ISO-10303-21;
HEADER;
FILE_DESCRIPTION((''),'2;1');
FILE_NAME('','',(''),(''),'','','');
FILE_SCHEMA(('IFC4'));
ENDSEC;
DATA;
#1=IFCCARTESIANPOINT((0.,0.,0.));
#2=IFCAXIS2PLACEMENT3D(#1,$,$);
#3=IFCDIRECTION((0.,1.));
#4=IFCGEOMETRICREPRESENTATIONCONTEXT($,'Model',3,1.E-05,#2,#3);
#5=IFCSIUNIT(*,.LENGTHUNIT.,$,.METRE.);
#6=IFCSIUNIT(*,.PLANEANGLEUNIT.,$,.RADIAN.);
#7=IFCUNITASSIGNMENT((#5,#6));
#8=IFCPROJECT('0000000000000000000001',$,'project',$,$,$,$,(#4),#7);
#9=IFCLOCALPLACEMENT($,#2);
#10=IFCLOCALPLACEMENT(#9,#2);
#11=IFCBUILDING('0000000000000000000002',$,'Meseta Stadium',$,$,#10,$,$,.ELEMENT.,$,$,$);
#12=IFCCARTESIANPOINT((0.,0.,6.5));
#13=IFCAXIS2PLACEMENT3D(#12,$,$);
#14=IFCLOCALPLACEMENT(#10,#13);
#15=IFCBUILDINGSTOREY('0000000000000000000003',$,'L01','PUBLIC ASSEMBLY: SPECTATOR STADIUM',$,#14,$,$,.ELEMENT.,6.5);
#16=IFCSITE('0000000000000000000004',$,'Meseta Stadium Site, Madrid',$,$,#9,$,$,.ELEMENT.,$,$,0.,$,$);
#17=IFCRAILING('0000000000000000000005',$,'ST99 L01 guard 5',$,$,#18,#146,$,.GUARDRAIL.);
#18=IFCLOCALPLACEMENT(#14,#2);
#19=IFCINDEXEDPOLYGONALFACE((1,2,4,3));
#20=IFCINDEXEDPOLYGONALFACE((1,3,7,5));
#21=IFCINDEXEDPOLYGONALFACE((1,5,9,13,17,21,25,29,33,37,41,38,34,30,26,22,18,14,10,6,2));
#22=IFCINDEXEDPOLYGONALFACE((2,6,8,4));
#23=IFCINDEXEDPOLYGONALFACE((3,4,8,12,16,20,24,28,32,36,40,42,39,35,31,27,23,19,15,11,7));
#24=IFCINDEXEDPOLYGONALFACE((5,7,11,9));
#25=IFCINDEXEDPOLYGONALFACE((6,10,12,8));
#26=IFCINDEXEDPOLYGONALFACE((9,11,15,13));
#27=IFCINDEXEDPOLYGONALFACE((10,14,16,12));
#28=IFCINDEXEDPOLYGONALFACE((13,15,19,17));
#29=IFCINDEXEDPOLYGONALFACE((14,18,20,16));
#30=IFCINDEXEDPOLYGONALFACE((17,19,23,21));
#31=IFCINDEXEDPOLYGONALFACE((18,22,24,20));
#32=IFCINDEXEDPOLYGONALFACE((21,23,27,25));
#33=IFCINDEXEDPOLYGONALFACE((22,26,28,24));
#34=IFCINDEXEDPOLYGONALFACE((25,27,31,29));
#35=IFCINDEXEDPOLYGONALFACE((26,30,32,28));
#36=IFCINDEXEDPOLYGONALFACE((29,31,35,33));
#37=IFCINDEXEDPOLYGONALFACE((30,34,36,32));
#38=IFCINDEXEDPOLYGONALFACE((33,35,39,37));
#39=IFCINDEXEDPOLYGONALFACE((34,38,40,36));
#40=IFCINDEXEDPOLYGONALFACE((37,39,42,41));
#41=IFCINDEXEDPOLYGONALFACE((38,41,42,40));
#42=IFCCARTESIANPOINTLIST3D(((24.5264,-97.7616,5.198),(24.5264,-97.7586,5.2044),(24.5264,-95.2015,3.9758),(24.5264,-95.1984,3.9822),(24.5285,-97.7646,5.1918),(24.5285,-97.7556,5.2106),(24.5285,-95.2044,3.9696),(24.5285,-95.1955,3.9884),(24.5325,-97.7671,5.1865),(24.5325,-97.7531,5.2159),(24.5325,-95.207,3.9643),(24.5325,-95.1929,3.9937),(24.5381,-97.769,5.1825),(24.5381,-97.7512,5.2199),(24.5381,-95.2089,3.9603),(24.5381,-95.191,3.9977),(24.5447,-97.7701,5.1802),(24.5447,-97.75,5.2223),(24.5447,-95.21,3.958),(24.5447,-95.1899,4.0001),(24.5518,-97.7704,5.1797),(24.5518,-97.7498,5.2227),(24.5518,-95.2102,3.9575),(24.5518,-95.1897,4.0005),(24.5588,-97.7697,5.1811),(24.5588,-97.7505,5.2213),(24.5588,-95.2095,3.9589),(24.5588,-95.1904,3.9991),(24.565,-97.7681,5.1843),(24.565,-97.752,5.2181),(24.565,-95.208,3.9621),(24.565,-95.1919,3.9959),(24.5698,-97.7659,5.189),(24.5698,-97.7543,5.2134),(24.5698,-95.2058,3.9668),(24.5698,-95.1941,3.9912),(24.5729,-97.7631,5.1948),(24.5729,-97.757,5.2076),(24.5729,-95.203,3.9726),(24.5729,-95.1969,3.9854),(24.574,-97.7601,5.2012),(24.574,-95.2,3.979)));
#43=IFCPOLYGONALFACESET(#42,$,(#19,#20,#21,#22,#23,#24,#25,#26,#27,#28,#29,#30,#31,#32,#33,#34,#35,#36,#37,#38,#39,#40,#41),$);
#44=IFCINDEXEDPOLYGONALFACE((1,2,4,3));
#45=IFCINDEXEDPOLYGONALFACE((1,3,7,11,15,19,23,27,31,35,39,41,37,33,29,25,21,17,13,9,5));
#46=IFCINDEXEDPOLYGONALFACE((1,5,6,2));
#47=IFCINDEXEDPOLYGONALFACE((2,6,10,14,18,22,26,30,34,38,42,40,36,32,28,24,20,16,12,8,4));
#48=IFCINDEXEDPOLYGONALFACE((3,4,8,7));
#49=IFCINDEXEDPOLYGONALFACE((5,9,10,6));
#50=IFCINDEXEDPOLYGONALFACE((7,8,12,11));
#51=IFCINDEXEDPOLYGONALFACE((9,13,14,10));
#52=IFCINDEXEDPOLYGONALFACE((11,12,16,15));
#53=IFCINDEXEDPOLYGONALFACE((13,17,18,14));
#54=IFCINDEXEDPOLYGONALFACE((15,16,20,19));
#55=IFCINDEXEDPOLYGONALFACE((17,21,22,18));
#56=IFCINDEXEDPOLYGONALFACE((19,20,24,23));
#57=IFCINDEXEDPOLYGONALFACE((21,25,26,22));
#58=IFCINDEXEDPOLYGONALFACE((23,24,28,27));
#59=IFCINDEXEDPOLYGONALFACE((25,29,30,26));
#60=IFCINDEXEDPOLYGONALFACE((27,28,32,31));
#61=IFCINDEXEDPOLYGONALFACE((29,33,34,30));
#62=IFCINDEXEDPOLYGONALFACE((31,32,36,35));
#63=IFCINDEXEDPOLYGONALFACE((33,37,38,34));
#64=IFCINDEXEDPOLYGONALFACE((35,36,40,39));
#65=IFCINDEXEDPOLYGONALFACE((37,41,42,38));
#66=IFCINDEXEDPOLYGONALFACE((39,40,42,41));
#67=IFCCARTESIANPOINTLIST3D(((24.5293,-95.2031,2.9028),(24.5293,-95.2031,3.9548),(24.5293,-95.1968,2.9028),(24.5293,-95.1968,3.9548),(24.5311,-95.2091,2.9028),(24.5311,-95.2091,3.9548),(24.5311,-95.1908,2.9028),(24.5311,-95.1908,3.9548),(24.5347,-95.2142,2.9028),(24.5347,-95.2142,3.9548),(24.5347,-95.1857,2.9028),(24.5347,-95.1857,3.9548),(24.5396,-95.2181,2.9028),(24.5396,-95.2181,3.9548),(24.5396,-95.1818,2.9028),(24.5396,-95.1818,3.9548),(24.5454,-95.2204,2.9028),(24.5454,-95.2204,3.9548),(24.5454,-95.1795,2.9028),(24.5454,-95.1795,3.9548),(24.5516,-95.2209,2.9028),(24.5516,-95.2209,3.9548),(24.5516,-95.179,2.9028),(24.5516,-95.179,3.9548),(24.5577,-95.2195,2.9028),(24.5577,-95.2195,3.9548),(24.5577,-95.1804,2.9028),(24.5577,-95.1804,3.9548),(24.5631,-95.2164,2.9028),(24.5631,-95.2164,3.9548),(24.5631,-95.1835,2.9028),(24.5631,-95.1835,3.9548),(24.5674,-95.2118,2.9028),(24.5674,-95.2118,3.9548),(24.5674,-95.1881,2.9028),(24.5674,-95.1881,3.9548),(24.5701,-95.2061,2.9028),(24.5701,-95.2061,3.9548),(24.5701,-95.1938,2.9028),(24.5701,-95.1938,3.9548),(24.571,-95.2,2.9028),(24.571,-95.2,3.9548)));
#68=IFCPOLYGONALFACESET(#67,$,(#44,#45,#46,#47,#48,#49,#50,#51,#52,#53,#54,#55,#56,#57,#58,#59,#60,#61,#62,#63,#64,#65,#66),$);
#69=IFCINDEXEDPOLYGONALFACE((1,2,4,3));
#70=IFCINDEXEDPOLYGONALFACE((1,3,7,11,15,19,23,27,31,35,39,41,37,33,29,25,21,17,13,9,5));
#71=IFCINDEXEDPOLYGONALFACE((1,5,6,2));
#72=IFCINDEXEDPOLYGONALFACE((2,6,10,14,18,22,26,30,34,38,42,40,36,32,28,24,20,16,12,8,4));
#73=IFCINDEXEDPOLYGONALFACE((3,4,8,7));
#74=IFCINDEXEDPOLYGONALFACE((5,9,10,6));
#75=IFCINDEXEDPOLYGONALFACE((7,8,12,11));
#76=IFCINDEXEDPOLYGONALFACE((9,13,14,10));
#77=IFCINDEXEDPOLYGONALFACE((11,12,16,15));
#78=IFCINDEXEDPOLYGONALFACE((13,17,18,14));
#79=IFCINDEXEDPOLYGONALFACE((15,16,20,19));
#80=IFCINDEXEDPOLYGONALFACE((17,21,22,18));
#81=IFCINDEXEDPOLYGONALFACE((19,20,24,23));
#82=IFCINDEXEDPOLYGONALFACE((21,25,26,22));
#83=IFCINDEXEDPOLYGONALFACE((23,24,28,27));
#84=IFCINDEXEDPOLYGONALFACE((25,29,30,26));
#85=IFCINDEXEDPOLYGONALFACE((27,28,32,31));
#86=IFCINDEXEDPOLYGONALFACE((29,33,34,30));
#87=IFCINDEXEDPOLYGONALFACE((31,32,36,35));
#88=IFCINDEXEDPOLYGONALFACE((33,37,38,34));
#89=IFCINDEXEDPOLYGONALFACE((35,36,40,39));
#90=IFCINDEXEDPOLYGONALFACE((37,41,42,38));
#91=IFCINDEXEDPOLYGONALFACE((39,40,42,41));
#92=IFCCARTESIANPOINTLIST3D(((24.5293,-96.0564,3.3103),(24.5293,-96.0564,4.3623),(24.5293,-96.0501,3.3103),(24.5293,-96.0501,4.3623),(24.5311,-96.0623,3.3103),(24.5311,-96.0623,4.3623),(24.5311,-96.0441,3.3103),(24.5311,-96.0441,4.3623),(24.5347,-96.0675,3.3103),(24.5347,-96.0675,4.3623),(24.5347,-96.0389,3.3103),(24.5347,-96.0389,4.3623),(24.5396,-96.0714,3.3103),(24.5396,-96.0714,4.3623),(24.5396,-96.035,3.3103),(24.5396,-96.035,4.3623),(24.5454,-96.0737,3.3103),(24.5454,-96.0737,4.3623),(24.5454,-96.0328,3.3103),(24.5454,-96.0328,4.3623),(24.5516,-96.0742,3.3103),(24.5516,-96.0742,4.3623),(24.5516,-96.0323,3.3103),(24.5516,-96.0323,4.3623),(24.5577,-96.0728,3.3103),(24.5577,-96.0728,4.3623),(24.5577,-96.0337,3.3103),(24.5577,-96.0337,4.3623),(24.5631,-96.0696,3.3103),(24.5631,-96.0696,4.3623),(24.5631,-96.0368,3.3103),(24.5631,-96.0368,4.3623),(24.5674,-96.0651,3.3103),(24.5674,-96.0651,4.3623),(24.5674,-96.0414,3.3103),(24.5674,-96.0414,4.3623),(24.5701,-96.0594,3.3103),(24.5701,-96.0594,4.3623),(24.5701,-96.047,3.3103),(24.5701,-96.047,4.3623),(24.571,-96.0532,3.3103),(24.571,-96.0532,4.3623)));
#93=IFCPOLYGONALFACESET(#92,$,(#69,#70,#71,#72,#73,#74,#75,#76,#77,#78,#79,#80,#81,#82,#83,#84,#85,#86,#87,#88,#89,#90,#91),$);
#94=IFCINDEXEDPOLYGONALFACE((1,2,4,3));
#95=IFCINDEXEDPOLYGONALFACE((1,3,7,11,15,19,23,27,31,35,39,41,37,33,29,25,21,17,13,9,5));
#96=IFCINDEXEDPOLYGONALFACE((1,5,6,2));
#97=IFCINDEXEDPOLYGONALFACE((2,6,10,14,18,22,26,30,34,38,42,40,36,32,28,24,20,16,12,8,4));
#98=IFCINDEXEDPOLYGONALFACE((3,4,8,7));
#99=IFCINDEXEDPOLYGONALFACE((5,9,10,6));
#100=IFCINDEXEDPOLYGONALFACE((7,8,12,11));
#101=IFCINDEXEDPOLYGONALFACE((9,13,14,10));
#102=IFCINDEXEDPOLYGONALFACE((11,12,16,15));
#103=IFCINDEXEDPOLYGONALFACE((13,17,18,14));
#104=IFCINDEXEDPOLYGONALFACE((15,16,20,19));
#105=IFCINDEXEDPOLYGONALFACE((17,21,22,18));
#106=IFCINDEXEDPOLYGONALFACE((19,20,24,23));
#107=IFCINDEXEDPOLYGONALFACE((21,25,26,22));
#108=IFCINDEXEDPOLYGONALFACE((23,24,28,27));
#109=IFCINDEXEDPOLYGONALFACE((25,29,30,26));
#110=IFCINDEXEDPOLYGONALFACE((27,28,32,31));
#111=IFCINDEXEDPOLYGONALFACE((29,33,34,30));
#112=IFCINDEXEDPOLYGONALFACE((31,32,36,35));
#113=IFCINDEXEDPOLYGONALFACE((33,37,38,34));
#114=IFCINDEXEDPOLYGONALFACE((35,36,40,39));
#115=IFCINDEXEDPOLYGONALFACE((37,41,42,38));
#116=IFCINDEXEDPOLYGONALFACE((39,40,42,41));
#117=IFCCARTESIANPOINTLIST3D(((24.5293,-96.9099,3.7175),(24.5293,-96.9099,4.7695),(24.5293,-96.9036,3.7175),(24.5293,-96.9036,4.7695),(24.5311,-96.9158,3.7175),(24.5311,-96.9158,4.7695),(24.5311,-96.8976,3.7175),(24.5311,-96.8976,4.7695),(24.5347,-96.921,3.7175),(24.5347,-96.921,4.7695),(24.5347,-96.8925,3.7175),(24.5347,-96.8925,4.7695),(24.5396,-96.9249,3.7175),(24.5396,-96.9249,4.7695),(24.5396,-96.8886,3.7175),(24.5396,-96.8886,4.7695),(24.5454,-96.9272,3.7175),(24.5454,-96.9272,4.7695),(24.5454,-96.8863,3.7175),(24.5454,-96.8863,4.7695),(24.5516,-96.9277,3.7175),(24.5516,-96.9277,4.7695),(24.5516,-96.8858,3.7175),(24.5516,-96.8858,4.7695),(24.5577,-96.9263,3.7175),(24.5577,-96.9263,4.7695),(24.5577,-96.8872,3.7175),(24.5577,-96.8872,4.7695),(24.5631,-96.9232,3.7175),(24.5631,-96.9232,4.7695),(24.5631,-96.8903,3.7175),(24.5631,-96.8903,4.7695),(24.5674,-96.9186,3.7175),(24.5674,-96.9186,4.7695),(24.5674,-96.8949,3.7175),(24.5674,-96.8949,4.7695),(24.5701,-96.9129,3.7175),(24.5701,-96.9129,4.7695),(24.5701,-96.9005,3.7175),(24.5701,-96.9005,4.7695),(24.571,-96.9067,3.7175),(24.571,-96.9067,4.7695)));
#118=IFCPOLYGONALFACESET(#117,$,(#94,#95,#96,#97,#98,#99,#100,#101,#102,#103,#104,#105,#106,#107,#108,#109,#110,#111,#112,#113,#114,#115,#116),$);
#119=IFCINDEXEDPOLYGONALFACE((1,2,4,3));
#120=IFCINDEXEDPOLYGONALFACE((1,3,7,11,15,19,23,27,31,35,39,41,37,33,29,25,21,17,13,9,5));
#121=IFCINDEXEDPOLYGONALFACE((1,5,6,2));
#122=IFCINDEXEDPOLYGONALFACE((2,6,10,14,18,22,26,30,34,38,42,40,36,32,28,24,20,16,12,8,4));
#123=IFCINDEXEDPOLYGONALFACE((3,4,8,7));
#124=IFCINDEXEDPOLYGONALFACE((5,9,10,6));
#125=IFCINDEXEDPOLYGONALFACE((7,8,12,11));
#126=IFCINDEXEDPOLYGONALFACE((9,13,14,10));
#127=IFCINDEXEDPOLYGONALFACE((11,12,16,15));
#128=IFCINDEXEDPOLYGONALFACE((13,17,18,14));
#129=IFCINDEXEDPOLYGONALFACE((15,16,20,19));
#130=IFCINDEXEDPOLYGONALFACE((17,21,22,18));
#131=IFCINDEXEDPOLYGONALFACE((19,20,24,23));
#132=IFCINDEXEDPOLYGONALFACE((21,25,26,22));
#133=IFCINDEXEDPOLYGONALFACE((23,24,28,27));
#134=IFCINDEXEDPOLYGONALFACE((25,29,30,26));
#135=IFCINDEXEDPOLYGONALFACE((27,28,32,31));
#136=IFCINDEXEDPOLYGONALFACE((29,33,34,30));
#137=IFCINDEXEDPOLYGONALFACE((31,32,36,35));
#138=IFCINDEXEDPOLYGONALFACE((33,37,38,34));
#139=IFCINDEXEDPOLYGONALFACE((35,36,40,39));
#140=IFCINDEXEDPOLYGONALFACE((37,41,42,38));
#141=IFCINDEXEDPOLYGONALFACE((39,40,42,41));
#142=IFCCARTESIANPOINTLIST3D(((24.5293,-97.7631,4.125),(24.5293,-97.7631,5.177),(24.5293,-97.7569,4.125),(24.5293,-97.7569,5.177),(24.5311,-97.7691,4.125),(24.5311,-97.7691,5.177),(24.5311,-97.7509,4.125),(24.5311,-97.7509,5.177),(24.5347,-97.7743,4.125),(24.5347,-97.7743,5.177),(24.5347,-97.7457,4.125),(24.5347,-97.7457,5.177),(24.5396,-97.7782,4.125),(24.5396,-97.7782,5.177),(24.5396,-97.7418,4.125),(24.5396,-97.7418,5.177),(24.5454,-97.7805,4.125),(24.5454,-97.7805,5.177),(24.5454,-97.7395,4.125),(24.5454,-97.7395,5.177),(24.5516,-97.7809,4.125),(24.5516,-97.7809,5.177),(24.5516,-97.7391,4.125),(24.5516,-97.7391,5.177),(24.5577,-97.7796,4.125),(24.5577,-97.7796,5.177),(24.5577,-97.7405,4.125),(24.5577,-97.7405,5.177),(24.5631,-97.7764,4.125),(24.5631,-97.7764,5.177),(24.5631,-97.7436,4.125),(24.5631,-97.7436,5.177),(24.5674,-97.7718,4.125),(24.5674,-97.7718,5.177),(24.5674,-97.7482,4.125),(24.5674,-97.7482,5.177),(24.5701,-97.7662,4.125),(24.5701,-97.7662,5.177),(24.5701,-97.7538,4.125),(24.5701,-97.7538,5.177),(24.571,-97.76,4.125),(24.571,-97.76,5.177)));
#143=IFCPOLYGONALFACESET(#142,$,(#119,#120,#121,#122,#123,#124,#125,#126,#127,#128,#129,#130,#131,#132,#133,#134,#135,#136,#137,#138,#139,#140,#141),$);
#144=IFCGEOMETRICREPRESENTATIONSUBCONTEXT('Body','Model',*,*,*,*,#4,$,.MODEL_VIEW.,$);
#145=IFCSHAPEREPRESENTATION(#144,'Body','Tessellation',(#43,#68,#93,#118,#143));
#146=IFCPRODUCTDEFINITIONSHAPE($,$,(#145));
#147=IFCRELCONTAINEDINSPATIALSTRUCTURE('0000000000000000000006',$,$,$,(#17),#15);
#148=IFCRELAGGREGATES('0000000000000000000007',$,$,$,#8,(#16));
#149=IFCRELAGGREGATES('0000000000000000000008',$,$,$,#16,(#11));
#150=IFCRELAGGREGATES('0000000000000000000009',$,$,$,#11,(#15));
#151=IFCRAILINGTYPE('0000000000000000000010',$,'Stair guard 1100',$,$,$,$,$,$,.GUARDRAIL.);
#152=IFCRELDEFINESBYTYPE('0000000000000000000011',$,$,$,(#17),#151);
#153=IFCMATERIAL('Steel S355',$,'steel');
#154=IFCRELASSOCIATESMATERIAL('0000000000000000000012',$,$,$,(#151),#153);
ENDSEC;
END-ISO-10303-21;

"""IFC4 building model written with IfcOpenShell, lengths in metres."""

from ifc_helpers import new_model, si_unit, direction, frame, origin, origin_2d, place, context, subcontext, project, spatial, circle, extrude, material, type_object, element, save


model = new_model("IFC4")

# Units and contexts
model_context = context("Model", 3, precision=1e-05, world=origin(), true_north=direction((0.0, 1.0)))
body_context = subcontext(model_context, "Body", "Model", "MODEL_VIEW")
ifc_project = project(units=[si_unit("LENGTHUNIT", "METRE"), si_unit("PLANEANGLEUNIT", "RADIAN")], contexts=[model_context])

# Site, building, storey
site_placement = place(None, origin())
site = spatial("IfcSite", under=ifc_project, at=site_placement, Name="Meseta Stadium Site, Madrid", CompositionType="ELEMENT", RefElevation=0.0)
building_placement = place(site_placement, origin())
building = spatial("IfcBuilding", under=site, at=building_placement, Name="Meseta Stadium", CompositionType="ELEMENT")
storey_placement = place(building_placement, frame((0.0, 0.0, 6.5)))
storey = spatial("IfcBuildingStorey", under=building, at=storey_placement, Name="L01", Description="PUBLIC ASSEMBLY: SPECTATOR STADIUM", CompositionType="ELEMENT", Elevation=6.5)

# Railing
ifc_material_1 = material(Name="Steel S355", Category="steel")
railing_type_1 = type_object("IfcRailingType", Name="Stair guard 1100", PredefinedType="GUARDRAIL", material=ifc_material_1)
for number, where, name in (
    (1, (24.55, -95.2, 2.9028), "ST99 L01 guard 5"),
):
    element("IfcRailing", number, at=place(storey_placement, frame(where)), inside=storey, type_object=railing_type_1, Name=name, PredefinedType="GUARDRAIL", context=body_context, shape_type="SweptSolid", body=[
        extrude(circle(Radius=0.0239, at=origin_2d()), frame((0.0, 0.0, 1.0762), z_axis=(0.0, -0.902437, 0.430822), x_axis=(1.0, 0.0, 0.0)), (0.0, 0.0, 1.0), 2.8369),
        extrude(circle(Radius=0.021, at=origin_2d()), origin(), (0.0, 0.0, 1.0), 1.052),
        extrude(circle(Radius=0.021, at=origin_2d()), frame((0.0, -0.8533, 0.4075)), (0.0, 0.0, 1.0), 1.052),
        extrude(circle(Radius=0.021, at=origin_2d()), frame((0.0, -1.7068, 0.8147)), (0.0, 0.0, 1.0), 1.052),
        extrude(circle(Radius=0.021, at=origin_2d()), frame((0.0, -2.5601, 1.2222)), (0.0, 0.0, 1.0), 1.052),
    ])

save(model, "model.ifc")
